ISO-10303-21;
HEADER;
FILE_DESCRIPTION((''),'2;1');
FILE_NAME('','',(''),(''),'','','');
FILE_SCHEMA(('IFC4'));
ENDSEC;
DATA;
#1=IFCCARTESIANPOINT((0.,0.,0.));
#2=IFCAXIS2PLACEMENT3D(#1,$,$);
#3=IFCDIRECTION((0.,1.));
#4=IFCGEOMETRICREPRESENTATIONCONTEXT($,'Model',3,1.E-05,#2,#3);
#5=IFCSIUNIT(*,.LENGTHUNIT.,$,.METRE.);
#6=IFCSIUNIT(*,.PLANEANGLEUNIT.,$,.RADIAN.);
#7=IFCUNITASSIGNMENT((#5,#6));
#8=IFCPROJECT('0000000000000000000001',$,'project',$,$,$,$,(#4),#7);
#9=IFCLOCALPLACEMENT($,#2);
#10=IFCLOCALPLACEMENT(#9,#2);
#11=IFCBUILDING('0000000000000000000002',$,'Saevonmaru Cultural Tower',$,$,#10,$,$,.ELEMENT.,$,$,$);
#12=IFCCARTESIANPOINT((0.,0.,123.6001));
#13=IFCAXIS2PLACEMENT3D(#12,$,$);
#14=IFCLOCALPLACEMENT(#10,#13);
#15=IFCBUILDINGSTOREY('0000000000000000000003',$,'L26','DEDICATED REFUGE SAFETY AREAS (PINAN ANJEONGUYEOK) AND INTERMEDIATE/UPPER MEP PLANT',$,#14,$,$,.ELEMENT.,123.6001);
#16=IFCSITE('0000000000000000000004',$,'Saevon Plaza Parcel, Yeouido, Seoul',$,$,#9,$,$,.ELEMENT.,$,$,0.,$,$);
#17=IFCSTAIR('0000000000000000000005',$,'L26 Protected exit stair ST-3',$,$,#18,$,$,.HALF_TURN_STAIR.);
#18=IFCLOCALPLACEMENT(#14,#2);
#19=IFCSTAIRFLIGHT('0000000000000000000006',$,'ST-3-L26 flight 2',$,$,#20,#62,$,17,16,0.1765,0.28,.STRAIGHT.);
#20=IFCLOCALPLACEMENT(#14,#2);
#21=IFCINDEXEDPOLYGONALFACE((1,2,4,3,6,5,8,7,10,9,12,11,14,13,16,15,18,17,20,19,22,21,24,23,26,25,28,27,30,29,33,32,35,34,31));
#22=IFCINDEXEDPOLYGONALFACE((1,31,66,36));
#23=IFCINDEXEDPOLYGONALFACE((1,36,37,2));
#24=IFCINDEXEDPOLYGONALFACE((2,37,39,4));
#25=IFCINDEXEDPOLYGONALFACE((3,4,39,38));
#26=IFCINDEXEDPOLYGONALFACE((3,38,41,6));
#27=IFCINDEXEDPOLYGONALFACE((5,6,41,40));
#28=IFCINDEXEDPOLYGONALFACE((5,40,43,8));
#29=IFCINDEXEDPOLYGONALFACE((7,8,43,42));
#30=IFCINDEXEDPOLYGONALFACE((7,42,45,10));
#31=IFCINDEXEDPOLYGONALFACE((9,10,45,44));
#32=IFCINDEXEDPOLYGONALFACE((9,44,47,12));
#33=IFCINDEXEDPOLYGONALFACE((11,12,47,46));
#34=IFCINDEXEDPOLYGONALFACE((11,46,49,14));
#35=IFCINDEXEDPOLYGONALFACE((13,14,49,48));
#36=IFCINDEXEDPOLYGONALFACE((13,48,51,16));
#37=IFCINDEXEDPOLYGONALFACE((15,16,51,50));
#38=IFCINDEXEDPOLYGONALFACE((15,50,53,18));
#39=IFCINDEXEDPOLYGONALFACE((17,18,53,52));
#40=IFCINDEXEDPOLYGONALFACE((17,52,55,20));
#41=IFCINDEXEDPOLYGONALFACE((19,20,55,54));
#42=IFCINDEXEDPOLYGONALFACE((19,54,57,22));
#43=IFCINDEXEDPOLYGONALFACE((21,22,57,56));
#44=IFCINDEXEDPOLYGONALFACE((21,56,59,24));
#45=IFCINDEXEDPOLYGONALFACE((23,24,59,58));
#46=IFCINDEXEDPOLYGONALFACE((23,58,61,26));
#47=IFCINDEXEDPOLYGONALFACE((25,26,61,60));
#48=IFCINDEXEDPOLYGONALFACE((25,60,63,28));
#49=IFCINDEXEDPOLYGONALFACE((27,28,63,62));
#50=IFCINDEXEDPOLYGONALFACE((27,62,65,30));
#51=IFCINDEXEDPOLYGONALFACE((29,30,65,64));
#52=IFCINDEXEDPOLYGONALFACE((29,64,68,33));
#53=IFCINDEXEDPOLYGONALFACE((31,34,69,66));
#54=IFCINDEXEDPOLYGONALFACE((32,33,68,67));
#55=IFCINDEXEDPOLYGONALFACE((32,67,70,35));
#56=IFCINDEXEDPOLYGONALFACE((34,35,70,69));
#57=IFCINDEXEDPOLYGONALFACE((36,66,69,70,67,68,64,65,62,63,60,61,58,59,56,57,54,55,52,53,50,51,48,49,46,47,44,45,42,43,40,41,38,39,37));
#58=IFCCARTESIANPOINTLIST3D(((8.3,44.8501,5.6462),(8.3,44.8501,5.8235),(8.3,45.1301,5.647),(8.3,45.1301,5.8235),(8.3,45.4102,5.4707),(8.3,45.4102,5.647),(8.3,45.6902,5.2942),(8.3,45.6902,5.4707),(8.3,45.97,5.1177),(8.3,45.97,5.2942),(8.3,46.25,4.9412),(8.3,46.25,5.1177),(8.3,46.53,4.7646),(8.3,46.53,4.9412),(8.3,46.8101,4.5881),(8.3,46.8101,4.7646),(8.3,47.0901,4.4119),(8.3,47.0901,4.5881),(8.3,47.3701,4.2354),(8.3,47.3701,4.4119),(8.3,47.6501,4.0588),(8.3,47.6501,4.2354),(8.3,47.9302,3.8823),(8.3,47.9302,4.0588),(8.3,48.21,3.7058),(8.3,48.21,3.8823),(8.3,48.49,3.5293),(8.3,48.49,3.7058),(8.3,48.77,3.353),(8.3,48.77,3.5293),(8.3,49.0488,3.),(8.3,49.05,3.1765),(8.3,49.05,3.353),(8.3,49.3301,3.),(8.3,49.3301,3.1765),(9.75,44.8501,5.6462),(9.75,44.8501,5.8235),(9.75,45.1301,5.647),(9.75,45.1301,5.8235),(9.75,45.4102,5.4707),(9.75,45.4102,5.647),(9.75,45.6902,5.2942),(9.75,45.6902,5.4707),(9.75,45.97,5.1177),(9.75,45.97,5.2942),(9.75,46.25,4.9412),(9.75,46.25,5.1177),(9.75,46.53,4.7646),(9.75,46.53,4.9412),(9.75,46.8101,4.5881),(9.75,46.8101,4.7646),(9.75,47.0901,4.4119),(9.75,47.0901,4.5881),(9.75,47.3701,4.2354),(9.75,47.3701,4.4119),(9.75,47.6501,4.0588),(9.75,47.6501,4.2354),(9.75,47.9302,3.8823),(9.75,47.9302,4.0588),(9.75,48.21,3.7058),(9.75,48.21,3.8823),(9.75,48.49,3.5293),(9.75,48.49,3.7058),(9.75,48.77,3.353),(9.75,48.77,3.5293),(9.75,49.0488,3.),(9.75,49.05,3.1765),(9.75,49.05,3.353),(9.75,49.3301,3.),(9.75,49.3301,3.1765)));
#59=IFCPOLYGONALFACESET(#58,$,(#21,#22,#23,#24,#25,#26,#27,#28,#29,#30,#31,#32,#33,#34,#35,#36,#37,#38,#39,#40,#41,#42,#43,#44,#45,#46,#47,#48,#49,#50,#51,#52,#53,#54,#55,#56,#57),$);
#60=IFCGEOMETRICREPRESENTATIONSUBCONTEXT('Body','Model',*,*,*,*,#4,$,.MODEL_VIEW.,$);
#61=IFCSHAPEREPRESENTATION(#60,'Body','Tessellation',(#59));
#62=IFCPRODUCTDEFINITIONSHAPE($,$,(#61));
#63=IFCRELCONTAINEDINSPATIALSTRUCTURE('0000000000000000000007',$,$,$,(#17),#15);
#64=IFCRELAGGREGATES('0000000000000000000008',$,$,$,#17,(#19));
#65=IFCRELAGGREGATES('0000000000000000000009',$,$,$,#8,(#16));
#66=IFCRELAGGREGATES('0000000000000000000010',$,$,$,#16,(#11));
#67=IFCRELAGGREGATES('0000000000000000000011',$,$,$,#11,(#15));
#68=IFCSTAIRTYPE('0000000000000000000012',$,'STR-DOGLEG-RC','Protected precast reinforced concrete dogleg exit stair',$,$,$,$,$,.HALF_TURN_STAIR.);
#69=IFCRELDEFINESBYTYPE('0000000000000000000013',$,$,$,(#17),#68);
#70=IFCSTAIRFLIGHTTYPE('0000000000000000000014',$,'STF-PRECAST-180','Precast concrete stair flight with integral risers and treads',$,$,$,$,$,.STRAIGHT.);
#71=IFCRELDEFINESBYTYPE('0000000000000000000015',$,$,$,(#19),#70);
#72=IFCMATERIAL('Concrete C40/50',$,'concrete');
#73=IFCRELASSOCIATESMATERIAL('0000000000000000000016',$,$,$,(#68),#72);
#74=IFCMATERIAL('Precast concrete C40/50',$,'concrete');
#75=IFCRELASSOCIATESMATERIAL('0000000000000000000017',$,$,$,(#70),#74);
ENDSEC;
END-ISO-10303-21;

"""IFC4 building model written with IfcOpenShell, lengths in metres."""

from ifc_helpers import new_model, si_unit, direction, frame, origin, place, context, subcontext, project, spatial, polyline, outline, extrude, material, type_object, element, aggregate, save


model = new_model("IFC4")

# Units and contexts
model_context = context("Model", 3, precision=1e-05, world=origin(), true_north=direction((0.0, 1.0)))
body_context = subcontext(model_context, "Body", "Model", "MODEL_VIEW")
ifc_project = project(units=[si_unit("LENGTHUNIT", "METRE"), si_unit("PLANEANGLEUNIT", "RADIAN")], contexts=[model_context])

# Site, building, storey
site_placement = place(None, origin())
site = spatial("IfcSite", under=ifc_project, at=site_placement, Name="Saevon Plaza Parcel, Yeouido, Seoul", CompositionType="ELEMENT", RefElevation=0.0)
building_placement = place(site_placement, origin())
building = spatial("IfcBuilding", under=site, at=building_placement, Name="Saevonmaru Cultural Tower", CompositionType="ELEMENT")
storey_placement = place(building_placement, frame((0.0, 0.0, 123.6001)))
storey = spatial("IfcBuildingStorey", under=building, at=storey_placement, Name="L26", Description="DEDICATED REFUGE SAFETY AREAS (PINAN ANJEONGUYEOK) AND INTERMEDIATE/UPPER MEP PLANT", CompositionType="ELEMENT", Elevation=123.6001)

# Shared definitions
ifc_material_1 = material(Name="Concrete C40/50", Category="concrete")

# Stair, stair flight
stair_type = type_object("IfcStairType", Name="STR-DOGLEG-RC", Description="Protected precast reinforced concrete dogleg exit stair", PredefinedType="HALF_TURN_STAIR", material=ifc_material_1)
stair_placement = place(storey_placement, origin())
stair = element("IfcStair", 1, at=stair_placement, inside=storey, type_object=stair_type, Name="L26 Protected exit stair ST-3", PredefinedType="HALF_TURN_STAIR")
ifc_material_2 = material(Name="Precast concrete C40/50", Category="concrete")
stair_flight_type = type_object("IfcStairFlightType", Name="STF-PRECAST-180", Description="Precast concrete stair flight with integral risers and treads", PredefinedType="STRAIGHT", material=ifc_material_2)
stair_flight_1_placement = place(storey_placement, frame((9.0249, 49.3301, 3.0), z_axis=(0.0, 0.0, 1.0), x_axis=(0.0, -1.0, 0.0)))
stair_flight_1 = element("IfcStairFlight", 2, at=stair_flight_1_placement, type_object=stair_flight_type, Name="ST-3-L26 flight 2", NumberOfRisers=17, NumberOfTreads=16, PredefinedType="STRAIGHT", RiserHeight=0.1765, TreadLength=0.28, context=body_context, shape_type="SweptSolid", body=[
    extrude(outline(polyline([(0.0, 0.0), (0.0, 0.1765), (0.28, 0.1765), (0.28, 0.353), (0.5601, 0.353), (0.5601, 0.5293), (0.8401, 0.5293), (0.8401, 0.7058), (1.1201, 0.7058), (1.1201, 0.8823), (1.3999, 0.8823), (1.3999, 1.0588), (1.6799, 1.0588), (1.6799, 1.2354), (1.96, 1.2354), (1.96, 1.4119), (2.24, 1.4119), (2.24, 1.5881), (2.52, 1.5881), (2.52, 1.7646), (2.8, 1.7646), (2.8, 1.9412), (3.0801, 1.9412), (3.0801, 2.1177), (3.3601, 2.1177), (3.3601, 2.2942), (3.6399, 2.2942), (3.6399, 2.4707), (3.9199, 2.4707), (3.9199, 2.647), (4.2, 2.647), (4.2, 2.8235), (4.48, 2.8235), (4.48, 3.0), (4.48, 2.6462), (0.2812, 0.0), (0.0, 0.0)])), frame((0.0, 0.7251, 0.0), z_axis=(0.0, -1.0, 0.0), x_axis=(1.0, 0.0, 0.0)), (0.0, 0.0, 1.0), 1.45),
])
aggregate(stair, [stair_flight_1])

save(model, "model.ifc")
